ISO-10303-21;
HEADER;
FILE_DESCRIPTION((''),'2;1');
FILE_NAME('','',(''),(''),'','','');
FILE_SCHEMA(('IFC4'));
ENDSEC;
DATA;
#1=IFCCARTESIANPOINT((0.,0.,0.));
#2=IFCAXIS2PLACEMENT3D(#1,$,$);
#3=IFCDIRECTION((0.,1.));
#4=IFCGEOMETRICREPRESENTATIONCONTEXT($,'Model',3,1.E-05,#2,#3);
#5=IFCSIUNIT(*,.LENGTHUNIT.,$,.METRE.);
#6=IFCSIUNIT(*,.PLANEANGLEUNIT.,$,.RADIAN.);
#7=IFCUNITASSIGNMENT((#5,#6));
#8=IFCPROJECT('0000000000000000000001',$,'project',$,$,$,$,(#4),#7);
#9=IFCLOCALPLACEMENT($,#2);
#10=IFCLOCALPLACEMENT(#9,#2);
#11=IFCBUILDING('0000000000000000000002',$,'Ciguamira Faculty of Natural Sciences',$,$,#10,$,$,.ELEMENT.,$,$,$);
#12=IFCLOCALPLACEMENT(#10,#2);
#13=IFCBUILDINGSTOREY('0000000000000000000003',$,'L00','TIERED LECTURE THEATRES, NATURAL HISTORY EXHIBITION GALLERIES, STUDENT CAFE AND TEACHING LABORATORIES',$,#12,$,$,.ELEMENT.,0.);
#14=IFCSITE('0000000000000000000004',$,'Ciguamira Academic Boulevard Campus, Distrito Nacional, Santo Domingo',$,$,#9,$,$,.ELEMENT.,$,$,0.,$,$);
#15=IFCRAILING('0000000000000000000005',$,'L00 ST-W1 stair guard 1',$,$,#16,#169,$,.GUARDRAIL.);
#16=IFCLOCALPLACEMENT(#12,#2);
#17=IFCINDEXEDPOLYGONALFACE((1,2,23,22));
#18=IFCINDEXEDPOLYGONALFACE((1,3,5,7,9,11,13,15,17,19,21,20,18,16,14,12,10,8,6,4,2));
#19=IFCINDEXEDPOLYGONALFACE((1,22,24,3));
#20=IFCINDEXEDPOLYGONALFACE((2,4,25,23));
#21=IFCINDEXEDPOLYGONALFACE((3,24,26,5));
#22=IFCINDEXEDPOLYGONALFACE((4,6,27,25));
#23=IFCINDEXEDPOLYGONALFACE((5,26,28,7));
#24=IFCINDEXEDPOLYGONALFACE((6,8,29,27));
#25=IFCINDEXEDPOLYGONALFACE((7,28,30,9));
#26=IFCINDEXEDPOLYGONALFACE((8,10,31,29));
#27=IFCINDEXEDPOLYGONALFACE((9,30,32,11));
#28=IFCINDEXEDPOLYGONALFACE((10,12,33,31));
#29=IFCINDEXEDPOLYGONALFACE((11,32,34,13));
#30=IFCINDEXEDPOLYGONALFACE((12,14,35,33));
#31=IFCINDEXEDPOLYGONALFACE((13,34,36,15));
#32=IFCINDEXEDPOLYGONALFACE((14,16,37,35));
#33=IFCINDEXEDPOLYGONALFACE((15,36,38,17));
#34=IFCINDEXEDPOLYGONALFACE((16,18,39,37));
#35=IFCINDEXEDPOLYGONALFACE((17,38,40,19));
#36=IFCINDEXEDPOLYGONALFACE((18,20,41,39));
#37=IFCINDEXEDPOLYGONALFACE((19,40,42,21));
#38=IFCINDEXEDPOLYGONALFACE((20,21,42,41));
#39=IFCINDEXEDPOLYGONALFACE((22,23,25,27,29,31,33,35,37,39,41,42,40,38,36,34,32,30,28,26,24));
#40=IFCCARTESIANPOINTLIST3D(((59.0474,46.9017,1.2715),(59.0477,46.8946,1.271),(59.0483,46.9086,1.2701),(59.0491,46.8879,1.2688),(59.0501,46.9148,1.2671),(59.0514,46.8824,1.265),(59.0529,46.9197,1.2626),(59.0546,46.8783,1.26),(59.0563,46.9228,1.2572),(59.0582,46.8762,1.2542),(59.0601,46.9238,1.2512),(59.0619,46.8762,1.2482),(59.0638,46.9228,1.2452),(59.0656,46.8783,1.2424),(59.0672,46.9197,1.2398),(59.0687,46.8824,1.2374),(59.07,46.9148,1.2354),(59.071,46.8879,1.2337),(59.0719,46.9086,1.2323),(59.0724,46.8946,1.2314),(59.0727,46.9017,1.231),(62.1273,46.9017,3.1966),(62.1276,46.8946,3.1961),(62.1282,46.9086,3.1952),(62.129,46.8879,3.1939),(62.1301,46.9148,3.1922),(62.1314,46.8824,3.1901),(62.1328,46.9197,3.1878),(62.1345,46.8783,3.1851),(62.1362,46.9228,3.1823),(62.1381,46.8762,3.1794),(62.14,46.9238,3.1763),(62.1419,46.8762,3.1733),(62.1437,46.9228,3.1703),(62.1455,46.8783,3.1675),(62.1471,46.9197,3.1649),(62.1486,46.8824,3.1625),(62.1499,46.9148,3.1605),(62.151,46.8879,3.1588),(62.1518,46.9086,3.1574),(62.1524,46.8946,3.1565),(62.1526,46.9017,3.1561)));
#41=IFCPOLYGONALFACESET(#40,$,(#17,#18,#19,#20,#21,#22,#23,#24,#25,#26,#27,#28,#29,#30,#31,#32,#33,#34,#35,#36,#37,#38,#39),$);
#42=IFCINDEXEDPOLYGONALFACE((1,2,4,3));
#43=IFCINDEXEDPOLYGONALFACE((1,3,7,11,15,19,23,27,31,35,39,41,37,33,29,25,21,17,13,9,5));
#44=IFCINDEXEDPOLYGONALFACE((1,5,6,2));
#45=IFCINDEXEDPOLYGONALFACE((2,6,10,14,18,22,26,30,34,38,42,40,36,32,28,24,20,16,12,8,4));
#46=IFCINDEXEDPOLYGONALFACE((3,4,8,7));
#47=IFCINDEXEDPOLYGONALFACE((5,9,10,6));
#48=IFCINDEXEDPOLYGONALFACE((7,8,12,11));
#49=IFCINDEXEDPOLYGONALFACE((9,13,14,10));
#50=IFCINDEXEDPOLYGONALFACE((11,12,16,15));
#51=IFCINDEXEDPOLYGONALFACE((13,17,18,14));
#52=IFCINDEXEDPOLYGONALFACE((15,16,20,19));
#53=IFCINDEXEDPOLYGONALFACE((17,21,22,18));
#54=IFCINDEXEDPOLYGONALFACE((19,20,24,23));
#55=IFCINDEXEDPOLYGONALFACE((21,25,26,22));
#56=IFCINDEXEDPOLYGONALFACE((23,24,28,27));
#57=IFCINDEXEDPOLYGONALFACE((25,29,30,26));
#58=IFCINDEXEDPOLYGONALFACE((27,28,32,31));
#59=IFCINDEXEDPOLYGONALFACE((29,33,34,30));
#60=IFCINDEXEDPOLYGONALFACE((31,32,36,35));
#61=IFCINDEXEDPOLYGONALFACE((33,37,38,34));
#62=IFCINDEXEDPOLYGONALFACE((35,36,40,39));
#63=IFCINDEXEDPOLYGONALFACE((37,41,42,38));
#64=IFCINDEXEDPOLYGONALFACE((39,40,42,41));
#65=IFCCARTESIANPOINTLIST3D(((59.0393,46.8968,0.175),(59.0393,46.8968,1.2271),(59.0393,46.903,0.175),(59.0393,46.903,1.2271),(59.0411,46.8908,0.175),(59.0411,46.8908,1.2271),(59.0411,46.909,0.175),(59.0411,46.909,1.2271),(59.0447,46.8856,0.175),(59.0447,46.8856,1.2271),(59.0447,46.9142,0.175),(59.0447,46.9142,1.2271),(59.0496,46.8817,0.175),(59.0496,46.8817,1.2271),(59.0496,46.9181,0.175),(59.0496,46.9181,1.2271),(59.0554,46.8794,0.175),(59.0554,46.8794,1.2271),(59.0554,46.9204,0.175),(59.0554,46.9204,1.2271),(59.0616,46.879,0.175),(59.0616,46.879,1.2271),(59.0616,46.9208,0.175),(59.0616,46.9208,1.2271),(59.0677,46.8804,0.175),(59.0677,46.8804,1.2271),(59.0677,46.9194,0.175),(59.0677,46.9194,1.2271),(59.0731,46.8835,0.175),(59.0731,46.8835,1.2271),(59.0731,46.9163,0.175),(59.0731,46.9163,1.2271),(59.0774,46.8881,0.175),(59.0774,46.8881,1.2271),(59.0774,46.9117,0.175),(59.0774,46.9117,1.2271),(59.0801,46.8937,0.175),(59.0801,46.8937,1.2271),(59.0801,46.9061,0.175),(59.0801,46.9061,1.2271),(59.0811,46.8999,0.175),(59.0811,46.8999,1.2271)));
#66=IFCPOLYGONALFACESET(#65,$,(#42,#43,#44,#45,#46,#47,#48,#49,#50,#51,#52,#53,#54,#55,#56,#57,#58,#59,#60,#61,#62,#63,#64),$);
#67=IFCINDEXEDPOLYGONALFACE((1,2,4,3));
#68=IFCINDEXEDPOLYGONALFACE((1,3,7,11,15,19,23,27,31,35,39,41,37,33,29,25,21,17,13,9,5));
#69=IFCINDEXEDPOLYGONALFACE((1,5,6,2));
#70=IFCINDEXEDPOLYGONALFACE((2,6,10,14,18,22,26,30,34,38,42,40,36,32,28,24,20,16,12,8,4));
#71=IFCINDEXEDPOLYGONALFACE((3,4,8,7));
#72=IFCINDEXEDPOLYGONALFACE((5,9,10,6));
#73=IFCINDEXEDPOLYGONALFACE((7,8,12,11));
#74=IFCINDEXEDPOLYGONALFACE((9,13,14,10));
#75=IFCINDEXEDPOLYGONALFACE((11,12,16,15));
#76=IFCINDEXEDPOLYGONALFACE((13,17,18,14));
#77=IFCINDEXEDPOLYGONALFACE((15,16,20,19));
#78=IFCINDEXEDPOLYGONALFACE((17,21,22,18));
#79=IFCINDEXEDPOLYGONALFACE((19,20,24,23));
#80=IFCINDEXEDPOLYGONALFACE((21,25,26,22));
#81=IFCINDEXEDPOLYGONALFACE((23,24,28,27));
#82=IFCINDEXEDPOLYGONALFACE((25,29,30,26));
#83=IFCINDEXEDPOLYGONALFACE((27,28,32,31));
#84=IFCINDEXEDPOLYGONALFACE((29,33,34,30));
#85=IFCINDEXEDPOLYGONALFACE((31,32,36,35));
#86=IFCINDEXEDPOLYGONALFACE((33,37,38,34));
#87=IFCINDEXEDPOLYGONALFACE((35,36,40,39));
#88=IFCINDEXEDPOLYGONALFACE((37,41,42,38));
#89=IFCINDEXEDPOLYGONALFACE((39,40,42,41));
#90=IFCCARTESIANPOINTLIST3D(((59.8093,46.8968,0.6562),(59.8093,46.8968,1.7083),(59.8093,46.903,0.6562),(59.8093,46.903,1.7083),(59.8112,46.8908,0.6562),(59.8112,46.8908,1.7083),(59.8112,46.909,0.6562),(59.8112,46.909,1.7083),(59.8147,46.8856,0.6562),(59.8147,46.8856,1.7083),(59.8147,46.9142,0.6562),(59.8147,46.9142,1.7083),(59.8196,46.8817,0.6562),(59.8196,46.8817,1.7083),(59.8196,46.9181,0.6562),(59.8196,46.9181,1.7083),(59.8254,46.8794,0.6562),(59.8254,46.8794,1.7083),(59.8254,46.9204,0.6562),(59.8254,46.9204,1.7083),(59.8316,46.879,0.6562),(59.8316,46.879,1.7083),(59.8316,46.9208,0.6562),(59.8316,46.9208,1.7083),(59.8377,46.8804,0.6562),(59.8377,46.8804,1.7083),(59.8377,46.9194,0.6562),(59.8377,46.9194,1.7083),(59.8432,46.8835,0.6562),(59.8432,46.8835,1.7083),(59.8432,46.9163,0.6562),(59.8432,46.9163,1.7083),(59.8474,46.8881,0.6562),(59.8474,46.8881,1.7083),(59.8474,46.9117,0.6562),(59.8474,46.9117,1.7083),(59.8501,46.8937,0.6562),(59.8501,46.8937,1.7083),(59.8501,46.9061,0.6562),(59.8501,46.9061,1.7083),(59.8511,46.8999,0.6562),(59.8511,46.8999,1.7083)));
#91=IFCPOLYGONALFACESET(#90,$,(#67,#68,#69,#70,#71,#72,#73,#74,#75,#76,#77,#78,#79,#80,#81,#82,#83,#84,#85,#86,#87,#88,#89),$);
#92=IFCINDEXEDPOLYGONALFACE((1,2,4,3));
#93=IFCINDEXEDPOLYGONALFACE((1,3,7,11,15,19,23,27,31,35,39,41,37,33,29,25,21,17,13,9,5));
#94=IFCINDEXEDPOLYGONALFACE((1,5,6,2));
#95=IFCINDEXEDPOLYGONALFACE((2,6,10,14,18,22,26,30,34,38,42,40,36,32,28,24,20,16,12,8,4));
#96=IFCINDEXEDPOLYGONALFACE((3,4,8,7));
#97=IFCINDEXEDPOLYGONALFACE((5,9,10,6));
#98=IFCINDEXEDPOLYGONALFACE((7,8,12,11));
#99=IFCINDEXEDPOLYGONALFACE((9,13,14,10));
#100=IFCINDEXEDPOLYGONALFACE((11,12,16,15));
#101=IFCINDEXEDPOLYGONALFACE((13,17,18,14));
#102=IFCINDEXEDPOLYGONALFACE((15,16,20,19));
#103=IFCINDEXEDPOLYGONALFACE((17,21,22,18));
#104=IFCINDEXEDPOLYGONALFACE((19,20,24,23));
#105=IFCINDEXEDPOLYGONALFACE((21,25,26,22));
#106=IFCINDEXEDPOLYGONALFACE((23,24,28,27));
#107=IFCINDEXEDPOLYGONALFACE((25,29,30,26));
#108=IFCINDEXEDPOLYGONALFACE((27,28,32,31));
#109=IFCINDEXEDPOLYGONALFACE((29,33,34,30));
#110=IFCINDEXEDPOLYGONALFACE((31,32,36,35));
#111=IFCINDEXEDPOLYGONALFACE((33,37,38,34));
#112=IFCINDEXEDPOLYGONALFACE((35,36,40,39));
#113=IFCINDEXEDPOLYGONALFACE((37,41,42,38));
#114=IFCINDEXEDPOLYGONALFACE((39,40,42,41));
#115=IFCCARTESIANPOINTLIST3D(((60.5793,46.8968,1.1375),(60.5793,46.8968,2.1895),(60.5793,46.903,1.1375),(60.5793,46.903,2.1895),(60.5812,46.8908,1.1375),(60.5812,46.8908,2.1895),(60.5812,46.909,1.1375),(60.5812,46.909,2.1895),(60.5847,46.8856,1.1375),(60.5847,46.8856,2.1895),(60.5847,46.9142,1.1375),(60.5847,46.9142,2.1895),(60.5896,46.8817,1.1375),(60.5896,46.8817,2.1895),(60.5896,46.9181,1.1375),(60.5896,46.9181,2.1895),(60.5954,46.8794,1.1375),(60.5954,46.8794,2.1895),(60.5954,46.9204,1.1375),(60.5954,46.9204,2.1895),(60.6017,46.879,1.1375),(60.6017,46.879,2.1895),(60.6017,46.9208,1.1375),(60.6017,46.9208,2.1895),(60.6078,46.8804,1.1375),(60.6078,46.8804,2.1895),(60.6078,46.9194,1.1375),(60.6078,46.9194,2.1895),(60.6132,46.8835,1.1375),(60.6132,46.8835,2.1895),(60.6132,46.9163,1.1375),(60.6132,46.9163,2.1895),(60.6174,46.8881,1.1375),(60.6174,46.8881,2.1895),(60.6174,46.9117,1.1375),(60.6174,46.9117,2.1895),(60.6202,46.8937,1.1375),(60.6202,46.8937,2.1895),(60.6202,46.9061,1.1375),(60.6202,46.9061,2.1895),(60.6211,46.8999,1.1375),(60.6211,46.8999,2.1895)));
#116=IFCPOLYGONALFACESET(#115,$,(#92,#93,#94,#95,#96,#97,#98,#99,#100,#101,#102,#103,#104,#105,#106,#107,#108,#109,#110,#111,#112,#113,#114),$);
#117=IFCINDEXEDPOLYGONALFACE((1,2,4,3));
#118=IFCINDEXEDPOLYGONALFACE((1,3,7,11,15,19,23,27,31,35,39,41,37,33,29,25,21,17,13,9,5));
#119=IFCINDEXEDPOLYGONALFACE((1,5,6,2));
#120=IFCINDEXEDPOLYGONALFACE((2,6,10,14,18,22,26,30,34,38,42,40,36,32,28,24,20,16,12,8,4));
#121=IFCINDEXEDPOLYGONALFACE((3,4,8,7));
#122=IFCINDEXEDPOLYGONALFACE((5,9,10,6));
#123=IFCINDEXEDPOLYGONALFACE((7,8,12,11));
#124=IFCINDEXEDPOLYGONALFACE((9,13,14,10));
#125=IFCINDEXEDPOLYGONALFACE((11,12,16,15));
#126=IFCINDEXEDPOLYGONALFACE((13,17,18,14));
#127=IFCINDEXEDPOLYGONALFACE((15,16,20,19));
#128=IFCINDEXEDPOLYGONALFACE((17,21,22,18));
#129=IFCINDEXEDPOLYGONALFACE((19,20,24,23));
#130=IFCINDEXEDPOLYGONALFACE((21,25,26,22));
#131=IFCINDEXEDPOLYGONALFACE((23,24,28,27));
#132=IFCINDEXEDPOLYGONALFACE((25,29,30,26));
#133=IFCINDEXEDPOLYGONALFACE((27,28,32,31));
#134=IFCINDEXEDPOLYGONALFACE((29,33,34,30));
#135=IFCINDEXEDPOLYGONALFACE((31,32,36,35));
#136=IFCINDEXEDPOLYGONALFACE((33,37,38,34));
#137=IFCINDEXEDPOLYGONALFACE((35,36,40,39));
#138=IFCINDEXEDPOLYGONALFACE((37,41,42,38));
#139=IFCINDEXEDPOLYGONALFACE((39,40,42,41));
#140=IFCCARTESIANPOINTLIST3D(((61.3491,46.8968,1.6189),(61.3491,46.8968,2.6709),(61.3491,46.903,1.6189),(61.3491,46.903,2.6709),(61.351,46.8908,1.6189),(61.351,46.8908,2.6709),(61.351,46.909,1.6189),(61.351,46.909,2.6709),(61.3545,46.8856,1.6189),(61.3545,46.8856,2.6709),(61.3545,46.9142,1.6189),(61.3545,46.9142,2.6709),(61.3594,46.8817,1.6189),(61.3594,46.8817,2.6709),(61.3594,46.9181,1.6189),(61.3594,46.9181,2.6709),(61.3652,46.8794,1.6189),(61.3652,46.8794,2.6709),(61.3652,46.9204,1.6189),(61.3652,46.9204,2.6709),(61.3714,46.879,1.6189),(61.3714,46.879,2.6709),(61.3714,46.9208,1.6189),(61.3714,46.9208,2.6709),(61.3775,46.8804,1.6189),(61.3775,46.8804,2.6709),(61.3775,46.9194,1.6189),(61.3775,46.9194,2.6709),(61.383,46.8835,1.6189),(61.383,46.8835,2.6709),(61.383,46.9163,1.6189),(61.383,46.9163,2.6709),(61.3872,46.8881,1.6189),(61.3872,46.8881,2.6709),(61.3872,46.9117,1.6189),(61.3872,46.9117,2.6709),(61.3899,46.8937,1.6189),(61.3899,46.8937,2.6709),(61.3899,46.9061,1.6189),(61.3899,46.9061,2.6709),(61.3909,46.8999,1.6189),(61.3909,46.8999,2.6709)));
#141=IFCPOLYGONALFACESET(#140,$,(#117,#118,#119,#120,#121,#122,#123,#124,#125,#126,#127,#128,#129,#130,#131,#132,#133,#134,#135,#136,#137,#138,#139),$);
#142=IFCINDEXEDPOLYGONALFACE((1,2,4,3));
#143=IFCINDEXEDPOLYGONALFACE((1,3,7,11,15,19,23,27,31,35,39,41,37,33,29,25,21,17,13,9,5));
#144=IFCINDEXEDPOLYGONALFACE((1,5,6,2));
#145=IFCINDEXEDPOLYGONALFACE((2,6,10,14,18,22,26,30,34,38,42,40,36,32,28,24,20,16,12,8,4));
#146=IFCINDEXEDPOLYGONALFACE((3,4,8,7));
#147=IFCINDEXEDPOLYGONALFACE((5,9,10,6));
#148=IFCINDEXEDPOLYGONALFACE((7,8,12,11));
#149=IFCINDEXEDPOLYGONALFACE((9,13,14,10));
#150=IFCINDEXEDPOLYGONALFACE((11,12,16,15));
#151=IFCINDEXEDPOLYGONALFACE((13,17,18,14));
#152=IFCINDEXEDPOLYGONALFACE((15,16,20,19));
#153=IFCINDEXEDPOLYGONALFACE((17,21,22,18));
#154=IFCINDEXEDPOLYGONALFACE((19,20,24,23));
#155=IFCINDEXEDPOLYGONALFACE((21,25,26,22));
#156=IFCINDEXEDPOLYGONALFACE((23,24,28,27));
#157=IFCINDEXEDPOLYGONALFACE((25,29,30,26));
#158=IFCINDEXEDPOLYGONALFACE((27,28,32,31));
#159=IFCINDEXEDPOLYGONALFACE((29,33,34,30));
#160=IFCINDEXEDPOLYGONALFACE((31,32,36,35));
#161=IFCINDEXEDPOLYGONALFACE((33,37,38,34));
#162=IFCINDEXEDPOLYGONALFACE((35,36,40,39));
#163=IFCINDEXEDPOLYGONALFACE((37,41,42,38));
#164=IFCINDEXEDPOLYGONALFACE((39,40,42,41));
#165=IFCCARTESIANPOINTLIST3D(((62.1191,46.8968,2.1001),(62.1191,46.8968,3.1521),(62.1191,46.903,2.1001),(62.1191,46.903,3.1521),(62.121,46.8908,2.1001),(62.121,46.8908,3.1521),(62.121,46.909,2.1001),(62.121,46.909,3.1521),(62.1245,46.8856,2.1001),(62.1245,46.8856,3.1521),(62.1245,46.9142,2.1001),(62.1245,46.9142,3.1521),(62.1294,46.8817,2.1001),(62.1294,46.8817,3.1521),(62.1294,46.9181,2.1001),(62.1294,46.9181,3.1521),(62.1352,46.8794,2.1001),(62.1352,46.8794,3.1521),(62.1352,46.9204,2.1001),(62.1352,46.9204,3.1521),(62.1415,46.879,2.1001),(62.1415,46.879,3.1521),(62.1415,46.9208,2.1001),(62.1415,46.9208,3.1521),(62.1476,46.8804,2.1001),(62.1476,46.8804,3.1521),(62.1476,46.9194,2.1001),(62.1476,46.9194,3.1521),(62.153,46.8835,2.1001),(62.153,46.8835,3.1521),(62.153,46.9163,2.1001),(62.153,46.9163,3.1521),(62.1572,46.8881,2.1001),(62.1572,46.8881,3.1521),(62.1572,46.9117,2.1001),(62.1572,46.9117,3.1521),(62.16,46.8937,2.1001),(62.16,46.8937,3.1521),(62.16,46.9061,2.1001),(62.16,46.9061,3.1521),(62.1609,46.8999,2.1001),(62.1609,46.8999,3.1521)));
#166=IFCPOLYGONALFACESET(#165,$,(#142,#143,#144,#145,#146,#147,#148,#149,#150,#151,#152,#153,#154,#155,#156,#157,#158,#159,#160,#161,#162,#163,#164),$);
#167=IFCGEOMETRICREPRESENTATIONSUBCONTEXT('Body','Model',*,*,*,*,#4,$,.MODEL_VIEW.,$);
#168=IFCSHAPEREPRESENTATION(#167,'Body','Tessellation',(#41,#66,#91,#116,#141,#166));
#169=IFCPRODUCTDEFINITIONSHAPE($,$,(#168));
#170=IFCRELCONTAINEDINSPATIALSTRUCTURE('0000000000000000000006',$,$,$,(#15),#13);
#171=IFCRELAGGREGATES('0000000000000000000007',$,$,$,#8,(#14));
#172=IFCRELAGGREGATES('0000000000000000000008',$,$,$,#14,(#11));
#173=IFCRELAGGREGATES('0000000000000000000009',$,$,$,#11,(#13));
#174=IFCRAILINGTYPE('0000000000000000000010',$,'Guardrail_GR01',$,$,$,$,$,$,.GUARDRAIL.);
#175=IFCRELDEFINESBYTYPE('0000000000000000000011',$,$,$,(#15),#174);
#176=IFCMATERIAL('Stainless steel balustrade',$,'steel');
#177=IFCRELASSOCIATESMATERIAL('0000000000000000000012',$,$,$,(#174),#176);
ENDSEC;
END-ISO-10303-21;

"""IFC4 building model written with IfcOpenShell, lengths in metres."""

from ifc_helpers import new_model, si_unit, direction, frame, origin, origin_2d, place, context, subcontext, project, spatial, circle, extrude, material, type_object, element, save


model = new_model("IFC4")

# Units and contexts
model_context = context("Model", 3, precision=1e-05, world=origin(), true_north=direction((0.0, 1.0)))
body_context = subcontext(model_context, "Body", "Model", "MODEL_VIEW")
ifc_project = project(units=[si_unit("LENGTHUNIT", "METRE"), si_unit("PLANEANGLEUNIT", "RADIAN")], contexts=[model_context])

# Site, building, storey
site_placement = place(None, origin())
site = spatial("IfcSite", under=ifc_project, at=site_placement, Name="Ciguamira Academic Boulevard Campus, Distrito Nacional, Santo Domingo", CompositionType="ELEMENT", RefElevation=0.0)
building_placement = place(site_placement, origin())
building = spatial("IfcBuilding", under=site, at=building_placement, Name="Ciguamira Faculty of Natural Sciences", CompositionType="ELEMENT")
storey_placement = place(building_placement, origin())
storey = spatial("IfcBuildingStorey", under=building, at=storey_placement, Name="L00", Description="TIERED LECTURE THEATRES, NATURAL HISTORY EXHIBITION GALLERIES, STUDENT CAFE AND TEACHING LABORATORIES", CompositionType="ELEMENT", Elevation=0.0)

# Railing
ifc_material_1 = material(Name="Stainless steel balustrade", Category="steel")
railing_type_1 = type_object("IfcRailingType", Name="Guardrail_GR01", PredefinedType="GUARDRAIL", material=ifc_material_1)
railing_1_placement = place(storey_placement, frame((59.0601, 46.8999, 0.175)))
element("IfcRailing", 1, at=railing_1_placement, inside=storey, type_object=railing_type_1, Name="L00 ST-W1 stair guard 1", PredefinedType="GUARDRAIL", context=body_context, shape_type="SweptSolid", body=[
    extrude(circle(Radius=0.0239, at=origin_2d()), frame((0.0, 0.0, 1.0762), z_axis=(0.847979, 0.0, 0.530029), x_axis=(0.0, 1.0, 0.0)), (0.0, 0.0, 1.0), 3.6321),
    extrude(circle(Radius=0.021, at=origin_2d()), origin(), (0.0, 0.0, 1.0), 1.052),
    extrude(circle(Radius=0.021, at=origin_2d()), frame((0.77, 0.0, 0.4812)), (0.0, 0.0, 1.0), 1.052),
    extrude(circle(Radius=0.021, at=origin_2d()), frame((1.54, 0.0, 0.9624)), (0.0, 0.0, 1.0), 1.052),
    extrude(circle(Radius=0.021, at=origin_2d()), frame((2.3098, 0.0, 1.4438)), (0.0, 0.0, 1.0), 1.052),
    extrude(circle(Radius=0.021, at=origin_2d()), frame((3.0798, 0.0, 1.925)), (0.0, 0.0, 1.0), 1.052),
])

save(model, "model.ifc")
